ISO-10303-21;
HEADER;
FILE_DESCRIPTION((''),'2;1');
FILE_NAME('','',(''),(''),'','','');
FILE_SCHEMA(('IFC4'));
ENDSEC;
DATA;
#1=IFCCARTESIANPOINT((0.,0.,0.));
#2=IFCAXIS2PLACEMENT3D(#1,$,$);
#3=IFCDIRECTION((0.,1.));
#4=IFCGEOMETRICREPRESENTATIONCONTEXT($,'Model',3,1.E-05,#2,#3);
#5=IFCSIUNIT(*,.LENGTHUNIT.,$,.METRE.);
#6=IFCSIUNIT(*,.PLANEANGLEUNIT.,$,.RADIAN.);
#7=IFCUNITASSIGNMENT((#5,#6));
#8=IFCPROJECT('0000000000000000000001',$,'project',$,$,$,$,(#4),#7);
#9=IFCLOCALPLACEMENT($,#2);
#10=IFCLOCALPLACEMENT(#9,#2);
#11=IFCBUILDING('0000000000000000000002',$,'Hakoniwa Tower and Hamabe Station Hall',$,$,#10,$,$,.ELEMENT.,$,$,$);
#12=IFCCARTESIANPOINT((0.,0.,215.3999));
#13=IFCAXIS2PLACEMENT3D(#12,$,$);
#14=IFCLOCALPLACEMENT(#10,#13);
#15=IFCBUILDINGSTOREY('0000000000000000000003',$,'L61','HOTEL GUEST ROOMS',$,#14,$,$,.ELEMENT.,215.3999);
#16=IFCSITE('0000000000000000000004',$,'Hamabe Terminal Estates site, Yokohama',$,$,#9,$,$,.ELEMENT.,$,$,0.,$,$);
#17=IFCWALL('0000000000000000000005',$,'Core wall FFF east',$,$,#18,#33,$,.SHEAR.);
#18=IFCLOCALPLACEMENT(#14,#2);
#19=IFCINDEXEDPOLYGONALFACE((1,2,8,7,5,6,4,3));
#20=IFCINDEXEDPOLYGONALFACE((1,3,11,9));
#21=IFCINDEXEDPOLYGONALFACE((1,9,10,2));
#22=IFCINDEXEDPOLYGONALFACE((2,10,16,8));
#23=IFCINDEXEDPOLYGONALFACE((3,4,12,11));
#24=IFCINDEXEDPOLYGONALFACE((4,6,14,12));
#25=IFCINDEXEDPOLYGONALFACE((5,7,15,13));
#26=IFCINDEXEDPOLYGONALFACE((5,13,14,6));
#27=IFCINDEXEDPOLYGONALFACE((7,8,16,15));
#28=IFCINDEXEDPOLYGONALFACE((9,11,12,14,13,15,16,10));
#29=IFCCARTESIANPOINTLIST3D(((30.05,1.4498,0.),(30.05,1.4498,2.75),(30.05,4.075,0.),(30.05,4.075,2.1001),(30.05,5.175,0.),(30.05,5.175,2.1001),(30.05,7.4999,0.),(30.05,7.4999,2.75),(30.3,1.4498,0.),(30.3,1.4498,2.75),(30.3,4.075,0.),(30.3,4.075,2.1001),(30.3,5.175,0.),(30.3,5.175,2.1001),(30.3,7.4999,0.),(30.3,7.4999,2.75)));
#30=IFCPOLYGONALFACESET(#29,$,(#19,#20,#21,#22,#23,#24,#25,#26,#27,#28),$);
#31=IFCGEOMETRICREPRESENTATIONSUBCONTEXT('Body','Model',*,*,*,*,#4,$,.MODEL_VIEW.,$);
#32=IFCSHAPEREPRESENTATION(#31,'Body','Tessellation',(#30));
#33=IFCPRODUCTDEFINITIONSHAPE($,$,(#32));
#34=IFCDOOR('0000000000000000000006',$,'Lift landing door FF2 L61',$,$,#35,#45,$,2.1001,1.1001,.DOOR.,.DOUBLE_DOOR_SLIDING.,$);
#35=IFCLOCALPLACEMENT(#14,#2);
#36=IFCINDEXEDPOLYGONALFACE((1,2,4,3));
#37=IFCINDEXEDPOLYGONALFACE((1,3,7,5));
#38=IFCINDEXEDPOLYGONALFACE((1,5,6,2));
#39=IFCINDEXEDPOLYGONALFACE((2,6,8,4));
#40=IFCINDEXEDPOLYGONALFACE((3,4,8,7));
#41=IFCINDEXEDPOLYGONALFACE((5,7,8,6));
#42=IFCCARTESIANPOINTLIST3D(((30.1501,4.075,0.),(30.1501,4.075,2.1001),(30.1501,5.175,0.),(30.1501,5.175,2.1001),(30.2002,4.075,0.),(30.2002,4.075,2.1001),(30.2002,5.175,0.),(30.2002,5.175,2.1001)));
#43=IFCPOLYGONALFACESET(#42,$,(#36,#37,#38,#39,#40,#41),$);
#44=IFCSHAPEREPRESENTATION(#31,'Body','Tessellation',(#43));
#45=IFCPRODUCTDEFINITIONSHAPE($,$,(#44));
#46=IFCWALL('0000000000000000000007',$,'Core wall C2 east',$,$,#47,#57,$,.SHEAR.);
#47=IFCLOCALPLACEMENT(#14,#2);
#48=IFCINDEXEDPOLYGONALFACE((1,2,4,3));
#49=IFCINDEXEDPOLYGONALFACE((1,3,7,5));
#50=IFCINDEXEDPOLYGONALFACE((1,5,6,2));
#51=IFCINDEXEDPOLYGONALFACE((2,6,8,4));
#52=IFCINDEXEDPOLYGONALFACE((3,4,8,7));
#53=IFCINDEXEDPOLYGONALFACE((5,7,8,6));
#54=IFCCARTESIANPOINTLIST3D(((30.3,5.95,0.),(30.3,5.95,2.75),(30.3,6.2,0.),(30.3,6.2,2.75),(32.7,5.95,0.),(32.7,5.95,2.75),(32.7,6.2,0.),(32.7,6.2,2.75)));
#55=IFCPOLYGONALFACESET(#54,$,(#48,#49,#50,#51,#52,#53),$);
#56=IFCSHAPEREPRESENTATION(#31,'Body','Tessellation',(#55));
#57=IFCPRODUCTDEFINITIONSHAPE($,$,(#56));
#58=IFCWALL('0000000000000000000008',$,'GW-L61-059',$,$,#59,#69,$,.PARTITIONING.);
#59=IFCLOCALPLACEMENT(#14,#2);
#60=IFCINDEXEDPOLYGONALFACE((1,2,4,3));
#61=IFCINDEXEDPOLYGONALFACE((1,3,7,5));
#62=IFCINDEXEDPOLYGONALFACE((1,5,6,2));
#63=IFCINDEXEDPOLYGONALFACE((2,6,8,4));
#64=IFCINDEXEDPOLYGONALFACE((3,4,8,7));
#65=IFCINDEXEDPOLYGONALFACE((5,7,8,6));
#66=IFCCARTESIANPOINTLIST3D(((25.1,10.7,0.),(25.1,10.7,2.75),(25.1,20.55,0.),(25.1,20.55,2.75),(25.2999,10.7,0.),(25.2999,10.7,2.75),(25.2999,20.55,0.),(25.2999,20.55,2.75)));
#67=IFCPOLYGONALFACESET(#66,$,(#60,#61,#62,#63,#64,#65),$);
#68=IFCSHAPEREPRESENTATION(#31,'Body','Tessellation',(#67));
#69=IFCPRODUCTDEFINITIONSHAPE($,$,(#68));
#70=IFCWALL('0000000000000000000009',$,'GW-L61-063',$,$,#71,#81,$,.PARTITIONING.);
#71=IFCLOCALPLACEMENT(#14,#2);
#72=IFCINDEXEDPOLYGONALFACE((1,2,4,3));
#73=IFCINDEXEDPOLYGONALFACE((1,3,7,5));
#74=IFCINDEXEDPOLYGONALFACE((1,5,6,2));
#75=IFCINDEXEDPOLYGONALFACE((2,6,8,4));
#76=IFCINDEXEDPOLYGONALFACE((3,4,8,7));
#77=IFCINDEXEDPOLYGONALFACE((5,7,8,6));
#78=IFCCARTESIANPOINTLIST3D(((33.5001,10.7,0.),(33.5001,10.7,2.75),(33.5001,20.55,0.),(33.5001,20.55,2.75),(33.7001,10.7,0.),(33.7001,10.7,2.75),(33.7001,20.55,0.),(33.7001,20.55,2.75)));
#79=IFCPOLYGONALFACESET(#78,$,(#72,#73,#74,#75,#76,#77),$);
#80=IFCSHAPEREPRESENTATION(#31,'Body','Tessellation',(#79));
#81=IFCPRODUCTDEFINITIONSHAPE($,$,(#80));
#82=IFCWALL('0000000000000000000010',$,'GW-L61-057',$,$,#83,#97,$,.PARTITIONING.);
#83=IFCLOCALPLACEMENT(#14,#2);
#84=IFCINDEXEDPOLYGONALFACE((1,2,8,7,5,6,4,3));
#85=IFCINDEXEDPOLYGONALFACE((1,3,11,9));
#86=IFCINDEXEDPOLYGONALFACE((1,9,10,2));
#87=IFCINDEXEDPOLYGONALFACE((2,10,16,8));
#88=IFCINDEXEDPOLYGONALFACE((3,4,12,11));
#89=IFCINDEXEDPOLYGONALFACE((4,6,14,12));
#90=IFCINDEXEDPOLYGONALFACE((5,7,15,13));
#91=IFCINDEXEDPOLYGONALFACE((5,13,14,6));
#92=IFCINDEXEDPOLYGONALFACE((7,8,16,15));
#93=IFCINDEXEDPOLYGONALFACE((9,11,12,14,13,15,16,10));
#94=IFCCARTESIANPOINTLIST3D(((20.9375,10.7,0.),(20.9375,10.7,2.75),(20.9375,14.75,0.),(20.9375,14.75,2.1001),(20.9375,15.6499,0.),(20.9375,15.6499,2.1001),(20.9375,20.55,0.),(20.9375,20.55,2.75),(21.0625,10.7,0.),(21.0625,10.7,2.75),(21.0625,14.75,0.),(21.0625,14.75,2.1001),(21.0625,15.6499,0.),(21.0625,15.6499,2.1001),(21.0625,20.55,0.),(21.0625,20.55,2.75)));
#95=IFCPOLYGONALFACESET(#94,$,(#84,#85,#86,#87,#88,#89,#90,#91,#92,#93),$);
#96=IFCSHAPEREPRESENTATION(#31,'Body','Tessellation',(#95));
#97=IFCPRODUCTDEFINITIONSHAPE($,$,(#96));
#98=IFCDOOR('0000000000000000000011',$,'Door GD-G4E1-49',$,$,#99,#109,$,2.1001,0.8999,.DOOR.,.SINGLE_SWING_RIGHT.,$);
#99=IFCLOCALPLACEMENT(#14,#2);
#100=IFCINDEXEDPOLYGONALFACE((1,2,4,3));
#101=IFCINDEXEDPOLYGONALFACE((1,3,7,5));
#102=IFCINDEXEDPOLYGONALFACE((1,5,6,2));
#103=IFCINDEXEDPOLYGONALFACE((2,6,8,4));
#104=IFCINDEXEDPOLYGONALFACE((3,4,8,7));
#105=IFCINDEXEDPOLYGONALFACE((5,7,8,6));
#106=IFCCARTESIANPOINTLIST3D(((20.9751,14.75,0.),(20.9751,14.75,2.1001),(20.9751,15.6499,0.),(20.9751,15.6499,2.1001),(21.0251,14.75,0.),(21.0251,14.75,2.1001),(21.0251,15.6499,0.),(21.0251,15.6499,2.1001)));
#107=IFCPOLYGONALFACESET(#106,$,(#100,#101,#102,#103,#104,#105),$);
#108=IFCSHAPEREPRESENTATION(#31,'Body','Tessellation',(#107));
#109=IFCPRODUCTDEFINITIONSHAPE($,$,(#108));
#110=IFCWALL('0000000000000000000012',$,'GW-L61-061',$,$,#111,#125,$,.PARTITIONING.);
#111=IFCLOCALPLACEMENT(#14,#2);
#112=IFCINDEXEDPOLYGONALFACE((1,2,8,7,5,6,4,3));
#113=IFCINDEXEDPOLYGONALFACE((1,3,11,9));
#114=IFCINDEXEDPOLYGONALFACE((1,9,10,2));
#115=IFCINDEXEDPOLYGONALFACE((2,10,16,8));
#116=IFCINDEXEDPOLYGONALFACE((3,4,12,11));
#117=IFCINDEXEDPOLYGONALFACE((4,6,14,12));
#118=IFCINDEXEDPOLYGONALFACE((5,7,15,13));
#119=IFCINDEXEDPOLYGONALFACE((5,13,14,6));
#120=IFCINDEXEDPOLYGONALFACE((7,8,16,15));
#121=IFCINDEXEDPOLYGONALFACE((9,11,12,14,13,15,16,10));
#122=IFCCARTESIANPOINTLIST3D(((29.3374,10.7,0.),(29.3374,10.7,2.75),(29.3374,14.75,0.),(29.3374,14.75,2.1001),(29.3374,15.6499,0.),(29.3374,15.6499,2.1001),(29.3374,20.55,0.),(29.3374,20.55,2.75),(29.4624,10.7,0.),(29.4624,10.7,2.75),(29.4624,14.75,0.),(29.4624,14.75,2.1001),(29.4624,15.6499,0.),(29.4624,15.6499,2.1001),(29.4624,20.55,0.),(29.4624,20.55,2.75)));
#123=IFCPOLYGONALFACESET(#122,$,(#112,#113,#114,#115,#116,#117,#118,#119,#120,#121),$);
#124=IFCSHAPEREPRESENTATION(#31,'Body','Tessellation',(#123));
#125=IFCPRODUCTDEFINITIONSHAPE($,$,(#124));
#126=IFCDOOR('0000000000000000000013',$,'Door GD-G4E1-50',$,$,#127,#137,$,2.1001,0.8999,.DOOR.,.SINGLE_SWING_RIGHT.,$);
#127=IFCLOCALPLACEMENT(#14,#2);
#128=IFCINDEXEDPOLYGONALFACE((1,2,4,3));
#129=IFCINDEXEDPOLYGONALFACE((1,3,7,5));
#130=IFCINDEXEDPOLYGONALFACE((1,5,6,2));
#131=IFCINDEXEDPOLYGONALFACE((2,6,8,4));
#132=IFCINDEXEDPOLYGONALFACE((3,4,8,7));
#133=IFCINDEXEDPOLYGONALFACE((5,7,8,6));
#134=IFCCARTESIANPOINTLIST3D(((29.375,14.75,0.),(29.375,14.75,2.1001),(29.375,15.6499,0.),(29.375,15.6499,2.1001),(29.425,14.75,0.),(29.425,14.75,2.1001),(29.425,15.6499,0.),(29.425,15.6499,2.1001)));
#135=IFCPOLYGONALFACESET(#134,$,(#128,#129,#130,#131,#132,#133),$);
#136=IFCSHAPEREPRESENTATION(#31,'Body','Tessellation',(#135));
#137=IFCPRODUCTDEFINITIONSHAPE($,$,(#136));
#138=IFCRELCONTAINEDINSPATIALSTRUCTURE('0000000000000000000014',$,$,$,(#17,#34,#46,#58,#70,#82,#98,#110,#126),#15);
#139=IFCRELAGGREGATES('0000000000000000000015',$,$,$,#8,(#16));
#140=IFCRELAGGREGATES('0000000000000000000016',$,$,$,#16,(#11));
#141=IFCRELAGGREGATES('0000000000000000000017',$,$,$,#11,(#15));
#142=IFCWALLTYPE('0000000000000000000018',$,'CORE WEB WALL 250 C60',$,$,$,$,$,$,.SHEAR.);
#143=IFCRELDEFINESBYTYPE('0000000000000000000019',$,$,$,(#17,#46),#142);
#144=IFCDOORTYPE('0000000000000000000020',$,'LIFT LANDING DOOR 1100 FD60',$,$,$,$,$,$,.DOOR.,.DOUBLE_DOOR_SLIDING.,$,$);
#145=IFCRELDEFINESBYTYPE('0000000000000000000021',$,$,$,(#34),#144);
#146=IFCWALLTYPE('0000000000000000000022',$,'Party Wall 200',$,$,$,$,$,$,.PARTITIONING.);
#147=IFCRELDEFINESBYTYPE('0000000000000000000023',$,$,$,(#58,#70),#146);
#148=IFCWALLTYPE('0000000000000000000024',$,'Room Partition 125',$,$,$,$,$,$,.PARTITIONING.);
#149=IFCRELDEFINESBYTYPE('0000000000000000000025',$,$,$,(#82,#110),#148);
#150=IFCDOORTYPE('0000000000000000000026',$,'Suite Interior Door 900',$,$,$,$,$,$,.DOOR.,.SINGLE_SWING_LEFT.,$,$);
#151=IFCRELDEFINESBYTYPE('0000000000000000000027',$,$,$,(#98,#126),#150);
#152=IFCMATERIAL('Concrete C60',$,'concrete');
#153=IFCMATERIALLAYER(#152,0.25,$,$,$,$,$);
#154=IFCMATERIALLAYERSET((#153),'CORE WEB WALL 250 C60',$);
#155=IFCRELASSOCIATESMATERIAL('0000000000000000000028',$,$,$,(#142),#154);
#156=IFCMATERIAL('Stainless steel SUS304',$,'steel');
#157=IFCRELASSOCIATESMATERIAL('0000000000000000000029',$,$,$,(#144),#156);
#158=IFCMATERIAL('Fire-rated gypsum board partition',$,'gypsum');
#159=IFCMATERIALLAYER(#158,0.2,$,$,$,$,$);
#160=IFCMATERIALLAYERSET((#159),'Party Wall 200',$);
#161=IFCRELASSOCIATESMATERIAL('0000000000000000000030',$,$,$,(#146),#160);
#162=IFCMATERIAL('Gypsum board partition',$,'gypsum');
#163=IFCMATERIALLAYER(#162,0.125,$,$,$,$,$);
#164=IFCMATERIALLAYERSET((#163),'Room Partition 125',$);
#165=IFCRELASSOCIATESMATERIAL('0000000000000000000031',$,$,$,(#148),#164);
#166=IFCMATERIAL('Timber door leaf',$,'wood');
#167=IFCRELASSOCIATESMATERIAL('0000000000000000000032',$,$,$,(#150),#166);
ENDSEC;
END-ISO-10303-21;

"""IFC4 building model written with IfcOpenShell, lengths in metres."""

from ifc_helpers import new_model, si_unit, direction, frame, frame_2d, origin, place, context, subcontext, project, spatial, rectangle, extrude, material, layer, layer_set, type_object, element, fill, save


model = new_model("IFC4")

# Units and contexts
model_context = context("Model", 3, precision=1e-05, world=origin(), true_north=direction((0.0, 1.0)))
body_context = subcontext(model_context, "Body", "Model", "MODEL_VIEW")
ifc_project = project(units=[si_unit("LENGTHUNIT", "METRE"), si_unit("PLANEANGLEUNIT", "RADIAN")], contexts=[model_context])

# Site, building, storey
site_placement = place(None, origin())
site = spatial("IfcSite", under=ifc_project, at=site_placement, Name="Hamabe Terminal Estates site, Yokohama", CompositionType="ELEMENT", RefElevation=0.0)
building_placement = place(site_placement, origin())
building = spatial("IfcBuilding", under=site, at=building_placement, Name="Hakoniwa Tower and Hamabe Station Hall", CompositionType="ELEMENT")
storey_placement = place(building_placement, frame((0.0, 0.0, 215.3999)))
storey = spatial("IfcBuildingStorey", under=building, at=storey_placement, Name="L61", Description="HOTEL GUEST ROOMS", CompositionType="ELEMENT", Elevation=215.3999)

# Shared definitions
ifc_material_1 = material(Name="Concrete C60", Category="concrete")
ifc_layer_1 = layer(ifc_material_1, 0.25)
ifc_layer_set_1 = layer_set([ifc_layer_1], Name="CORE WEB WALL 250 C60")
wall_type_1 = type_object("IfcWallType", Name="CORE WEB WALL 250 C60", PredefinedType="SHEAR", material=ifc_layer_set_1)

# Wall, opening, door
wall_1_placement = place(storey_placement, frame((30.175, 1.45, 0.0), z_axis=(0.0, 0.0, 1.0), x_axis=(0.0, 1.0, 0.0)))
wall_1 = element("IfcWall", 1, at=wall_1_placement, inside=storey, type_object=wall_type_1, Name="Core wall FFF east", PredefinedType="SHEAR", context=body_context, shape_type="SweptSolid", body=[
    extrude(rectangle(XDim=6.05, YDim=0.25, at=frame_2d((3.0249, 0.0))), origin(), (0.0, 0.0, 1.0), 2.75),
])
opening_1_placement = place(wall_1_placement, frame((2.625, 0.0, 0.0)))
opening_1 = element("IfcOpeningElement", 2, at=opening_1_placement, cuts=wall_1, PredefinedType="OPENING", context=body_context, shape_type="SweptSolid", body=[
    extrude(rectangle(XDim=1.1001, YDim=2.1001, at=frame_2d((0.55, 1.05))), frame((0.0, 0.135, 0.0), z_axis=(0.0, -1.0, 0.0), x_axis=(1.0, 0.0, 0.0)), (0.0, 0.0, 1.0), 0.27),
])
ifc_material_2 = material(Name="Stainless steel SUS304", Category="steel")
door_type_1 = type_object("IfcDoorType", Name="LIFT LANDING DOOR 1100 FD60", OperationType="DOUBLE_DOOR_SLIDING", PredefinedType="DOOR", material=ifc_material_2)
door_1_placement = place(opening_1_placement, origin())
door_1 = element("IfcDoor", 3, at=door_1_placement, inside=storey, type_object=door_type_1, Name="Lift landing door FF2 L61", OperationType="DOUBLE_DOOR_SLIDING", OverallHeight=2.1001, OverallWidth=1.1001, PredefinedType="DOOR", context=body_context, shape_type="SweptSolid", body=[
    extrude(rectangle(XDim=1.1001, YDim=2.1001, at=frame_2d((0.55, 1.05))), frame((0.0, 0.0249, 0.0), z_axis=(0.0, -1.0, 0.0), x_axis=(1.0, 0.0, 0.0)), (0.0, 0.0, 1.0), 0.05),
])
fill(opening_1, door_1)

# Walls
wall_2_placement = place(storey_placement, frame((30.3, 6.075, 0.0), z_axis=(0.0, 0.0, 1.0), x_axis=(1.0, 0.0, 0.0)))
element("IfcWall", 4, at=wall_2_placement, inside=storey, type_object=wall_type_1, Name="Core wall C2 east", PredefinedType="SHEAR", context=body_context, shape_type="SweptSolid", body=[
    extrude(rectangle(XDim=2.3999, YDim=0.25, at=frame_2d((1.2, 0.0))), origin(), (0.0, 0.0, 1.0), 2.75),
])
ifc_material_3 = material(Name="Fire-rated gypsum board partition", Category="gypsum")
ifc_layer_2 = layer(ifc_material_3, 0.2)
ifc_layer_set_2 = layer_set([ifc_layer_2], Name="Party Wall 200")
wall_type_2 = type_object("IfcWallType", Name="Party Wall 200", PredefinedType="PARTITIONING", material=ifc_layer_set_2)
for number, where, z_axis, x_axis, name in (
    (5, (25.2, 10.7, 0.0), (0.0, 0.0, 1.0), (0.0, 1.0, 0.0), "GW-L61-059"),
    (6, (33.6001, 10.7, 0.0), (0.0, 0.0, 1.0), (0.0, 1.0, 0.0), "GW-L61-063"),
):
    element("IfcWall", number, at=place(storey_placement, frame(where, z_axis=z_axis, x_axis=x_axis)), inside=storey, type_object=wall_type_2, Name=name, PredefinedType="PARTITIONING", context=body_context, shape_type="SweptSolid", body=[
        extrude(rectangle(XDim=9.8501, YDim=0.2, at=frame_2d((4.925, 0.0))), origin(), (0.0, 0.0, 1.0), 2.75),
    ])

# Walls, openings, doors
ifc_material_4 = material(Name="Gypsum board partition", Category="gypsum")
ifc_layer_3 = layer(ifc_material_4, 0.125)
ifc_layer_set_3 = layer_set([ifc_layer_3], Name="Room Partition 125")
wall_type_3 = type_object("IfcWallType", Name="Room Partition 125", PredefinedType="PARTITIONING", material=ifc_layer_set_3)
wall_3_placement = place(storey_placement, frame((21.0, 10.7, 0.0), z_axis=(0.0, 0.0, 1.0), x_axis=(0.0, 1.0, 0.0)))
wall_3 = element("IfcWall", 7, at=wall_3_placement, inside=storey, type_object=wall_type_3, Name="GW-L61-057", PredefinedType="PARTITIONING", context=body_context, shape_type="SweptSolid", body=[
    extrude(rectangle(XDim=9.8501, YDim=0.125, at=frame_2d((4.925, 0.0))), origin(), (0.0, 0.0, 1.0), 2.75),
])
opening_2_placement = place(wall_3_placement, frame((4.05, 0.0, 0.0)))
opening_2 = element("IfcOpeningElement", 8, at=opening_2_placement, cuts=wall_3, PredefinedType="OPENING", context=body_context, shape_type="SweptSolid", body=[
    extrude(rectangle(XDim=0.8999, YDim=2.1001, at=frame_2d((0.45, 1.05))), frame((0.0, 0.0725, 0.0), z_axis=(0.0, -1.0, 0.0), x_axis=(1.0, 0.0, 0.0)), (0.0, 0.0, 1.0), 0.145),
])
ifc_material_5 = material(Name="Timber door leaf", Category="wood")
door_type_2 = type_object("IfcDoorType", Name="Suite Interior Door 900", OperationType="SINGLE_SWING_LEFT", PredefinedType="DOOR", material=ifc_material_5)
door_2_placement = place(opening_2_placement, origin())
door_2 = element("IfcDoor", 9, at=door_2_placement, inside=storey, type_object=door_type_2, Name="Door GD-G4E1-49", OperationType="SINGLE_SWING_RIGHT", OverallHeight=2.1001, OverallWidth=0.8999, PredefinedType="DOOR", context=body_context, shape_type="SweptSolid", body=[
    extrude(rectangle(XDim=0.8999, YDim=2.1001, at=frame_2d((0.45, 1.05))), frame((0.0, 0.0249, 0.0), z_axis=(0.0, -1.0, 0.0), x_axis=(1.0, 0.0, 0.0)), (0.0, 0.0, 1.0), 0.05),
])
fill(opening_2, door_2)
wall_4_placement = place(storey_placement, frame((29.3999, 10.7, 0.0), z_axis=(0.0, 0.0, 1.0), x_axis=(0.0, 1.0, 0.0)))
wall_4 = element("IfcWall", 10, at=wall_4_placement, inside=storey, type_object=wall_type_3, Name="GW-L61-061", PredefinedType="PARTITIONING", context=body_context, shape_type="SweptSolid", body=[
    extrude(rectangle(XDim=9.8501, YDim=0.125, at=frame_2d((4.925, 0.0))), origin(), (0.0, 0.0, 1.0), 2.75),
])
opening_3_placement = place(wall_4_placement, frame((4.05, 0.0, 0.0)))
opening_3 = element("IfcOpeningElement", 11, at=opening_3_placement, cuts=wall_4, PredefinedType="OPENING", context=body_context, shape_type="SweptSolid", body=[
    extrude(rectangle(XDim=0.8999, YDim=2.1001, at=frame_2d((0.45, 1.05))), frame((0.0, 0.0725, 0.0), z_axis=(0.0, -1.0, 0.0), x_axis=(1.0, 0.0, 0.0)), (0.0, 0.0, 1.0), 0.145),
])
door_3_placement = place(opening_3_placement, origin())
door_3 = element("IfcDoor", 12, at=door_3_placement, inside=storey, type_object=door_type_2, Name="Door GD-G4E1-50", OperationType="SINGLE_SWING_RIGHT", OverallHeight=2.1001, OverallWidth=0.8999, PredefinedType="DOOR", context=body_context, shape_type="SweptSolid", body=[
    extrude(rectangle(XDim=0.8999, YDim=2.1001, at=frame_2d((0.45, 1.05))), frame((0.0, 0.0249, 0.0), z_axis=(0.0, -1.0, 0.0), x_axis=(1.0, 0.0, 0.0)), (0.0, 0.0, 1.0), 0.05),
])
fill(opening_3, door_3)

save(model, "model.ifc")
